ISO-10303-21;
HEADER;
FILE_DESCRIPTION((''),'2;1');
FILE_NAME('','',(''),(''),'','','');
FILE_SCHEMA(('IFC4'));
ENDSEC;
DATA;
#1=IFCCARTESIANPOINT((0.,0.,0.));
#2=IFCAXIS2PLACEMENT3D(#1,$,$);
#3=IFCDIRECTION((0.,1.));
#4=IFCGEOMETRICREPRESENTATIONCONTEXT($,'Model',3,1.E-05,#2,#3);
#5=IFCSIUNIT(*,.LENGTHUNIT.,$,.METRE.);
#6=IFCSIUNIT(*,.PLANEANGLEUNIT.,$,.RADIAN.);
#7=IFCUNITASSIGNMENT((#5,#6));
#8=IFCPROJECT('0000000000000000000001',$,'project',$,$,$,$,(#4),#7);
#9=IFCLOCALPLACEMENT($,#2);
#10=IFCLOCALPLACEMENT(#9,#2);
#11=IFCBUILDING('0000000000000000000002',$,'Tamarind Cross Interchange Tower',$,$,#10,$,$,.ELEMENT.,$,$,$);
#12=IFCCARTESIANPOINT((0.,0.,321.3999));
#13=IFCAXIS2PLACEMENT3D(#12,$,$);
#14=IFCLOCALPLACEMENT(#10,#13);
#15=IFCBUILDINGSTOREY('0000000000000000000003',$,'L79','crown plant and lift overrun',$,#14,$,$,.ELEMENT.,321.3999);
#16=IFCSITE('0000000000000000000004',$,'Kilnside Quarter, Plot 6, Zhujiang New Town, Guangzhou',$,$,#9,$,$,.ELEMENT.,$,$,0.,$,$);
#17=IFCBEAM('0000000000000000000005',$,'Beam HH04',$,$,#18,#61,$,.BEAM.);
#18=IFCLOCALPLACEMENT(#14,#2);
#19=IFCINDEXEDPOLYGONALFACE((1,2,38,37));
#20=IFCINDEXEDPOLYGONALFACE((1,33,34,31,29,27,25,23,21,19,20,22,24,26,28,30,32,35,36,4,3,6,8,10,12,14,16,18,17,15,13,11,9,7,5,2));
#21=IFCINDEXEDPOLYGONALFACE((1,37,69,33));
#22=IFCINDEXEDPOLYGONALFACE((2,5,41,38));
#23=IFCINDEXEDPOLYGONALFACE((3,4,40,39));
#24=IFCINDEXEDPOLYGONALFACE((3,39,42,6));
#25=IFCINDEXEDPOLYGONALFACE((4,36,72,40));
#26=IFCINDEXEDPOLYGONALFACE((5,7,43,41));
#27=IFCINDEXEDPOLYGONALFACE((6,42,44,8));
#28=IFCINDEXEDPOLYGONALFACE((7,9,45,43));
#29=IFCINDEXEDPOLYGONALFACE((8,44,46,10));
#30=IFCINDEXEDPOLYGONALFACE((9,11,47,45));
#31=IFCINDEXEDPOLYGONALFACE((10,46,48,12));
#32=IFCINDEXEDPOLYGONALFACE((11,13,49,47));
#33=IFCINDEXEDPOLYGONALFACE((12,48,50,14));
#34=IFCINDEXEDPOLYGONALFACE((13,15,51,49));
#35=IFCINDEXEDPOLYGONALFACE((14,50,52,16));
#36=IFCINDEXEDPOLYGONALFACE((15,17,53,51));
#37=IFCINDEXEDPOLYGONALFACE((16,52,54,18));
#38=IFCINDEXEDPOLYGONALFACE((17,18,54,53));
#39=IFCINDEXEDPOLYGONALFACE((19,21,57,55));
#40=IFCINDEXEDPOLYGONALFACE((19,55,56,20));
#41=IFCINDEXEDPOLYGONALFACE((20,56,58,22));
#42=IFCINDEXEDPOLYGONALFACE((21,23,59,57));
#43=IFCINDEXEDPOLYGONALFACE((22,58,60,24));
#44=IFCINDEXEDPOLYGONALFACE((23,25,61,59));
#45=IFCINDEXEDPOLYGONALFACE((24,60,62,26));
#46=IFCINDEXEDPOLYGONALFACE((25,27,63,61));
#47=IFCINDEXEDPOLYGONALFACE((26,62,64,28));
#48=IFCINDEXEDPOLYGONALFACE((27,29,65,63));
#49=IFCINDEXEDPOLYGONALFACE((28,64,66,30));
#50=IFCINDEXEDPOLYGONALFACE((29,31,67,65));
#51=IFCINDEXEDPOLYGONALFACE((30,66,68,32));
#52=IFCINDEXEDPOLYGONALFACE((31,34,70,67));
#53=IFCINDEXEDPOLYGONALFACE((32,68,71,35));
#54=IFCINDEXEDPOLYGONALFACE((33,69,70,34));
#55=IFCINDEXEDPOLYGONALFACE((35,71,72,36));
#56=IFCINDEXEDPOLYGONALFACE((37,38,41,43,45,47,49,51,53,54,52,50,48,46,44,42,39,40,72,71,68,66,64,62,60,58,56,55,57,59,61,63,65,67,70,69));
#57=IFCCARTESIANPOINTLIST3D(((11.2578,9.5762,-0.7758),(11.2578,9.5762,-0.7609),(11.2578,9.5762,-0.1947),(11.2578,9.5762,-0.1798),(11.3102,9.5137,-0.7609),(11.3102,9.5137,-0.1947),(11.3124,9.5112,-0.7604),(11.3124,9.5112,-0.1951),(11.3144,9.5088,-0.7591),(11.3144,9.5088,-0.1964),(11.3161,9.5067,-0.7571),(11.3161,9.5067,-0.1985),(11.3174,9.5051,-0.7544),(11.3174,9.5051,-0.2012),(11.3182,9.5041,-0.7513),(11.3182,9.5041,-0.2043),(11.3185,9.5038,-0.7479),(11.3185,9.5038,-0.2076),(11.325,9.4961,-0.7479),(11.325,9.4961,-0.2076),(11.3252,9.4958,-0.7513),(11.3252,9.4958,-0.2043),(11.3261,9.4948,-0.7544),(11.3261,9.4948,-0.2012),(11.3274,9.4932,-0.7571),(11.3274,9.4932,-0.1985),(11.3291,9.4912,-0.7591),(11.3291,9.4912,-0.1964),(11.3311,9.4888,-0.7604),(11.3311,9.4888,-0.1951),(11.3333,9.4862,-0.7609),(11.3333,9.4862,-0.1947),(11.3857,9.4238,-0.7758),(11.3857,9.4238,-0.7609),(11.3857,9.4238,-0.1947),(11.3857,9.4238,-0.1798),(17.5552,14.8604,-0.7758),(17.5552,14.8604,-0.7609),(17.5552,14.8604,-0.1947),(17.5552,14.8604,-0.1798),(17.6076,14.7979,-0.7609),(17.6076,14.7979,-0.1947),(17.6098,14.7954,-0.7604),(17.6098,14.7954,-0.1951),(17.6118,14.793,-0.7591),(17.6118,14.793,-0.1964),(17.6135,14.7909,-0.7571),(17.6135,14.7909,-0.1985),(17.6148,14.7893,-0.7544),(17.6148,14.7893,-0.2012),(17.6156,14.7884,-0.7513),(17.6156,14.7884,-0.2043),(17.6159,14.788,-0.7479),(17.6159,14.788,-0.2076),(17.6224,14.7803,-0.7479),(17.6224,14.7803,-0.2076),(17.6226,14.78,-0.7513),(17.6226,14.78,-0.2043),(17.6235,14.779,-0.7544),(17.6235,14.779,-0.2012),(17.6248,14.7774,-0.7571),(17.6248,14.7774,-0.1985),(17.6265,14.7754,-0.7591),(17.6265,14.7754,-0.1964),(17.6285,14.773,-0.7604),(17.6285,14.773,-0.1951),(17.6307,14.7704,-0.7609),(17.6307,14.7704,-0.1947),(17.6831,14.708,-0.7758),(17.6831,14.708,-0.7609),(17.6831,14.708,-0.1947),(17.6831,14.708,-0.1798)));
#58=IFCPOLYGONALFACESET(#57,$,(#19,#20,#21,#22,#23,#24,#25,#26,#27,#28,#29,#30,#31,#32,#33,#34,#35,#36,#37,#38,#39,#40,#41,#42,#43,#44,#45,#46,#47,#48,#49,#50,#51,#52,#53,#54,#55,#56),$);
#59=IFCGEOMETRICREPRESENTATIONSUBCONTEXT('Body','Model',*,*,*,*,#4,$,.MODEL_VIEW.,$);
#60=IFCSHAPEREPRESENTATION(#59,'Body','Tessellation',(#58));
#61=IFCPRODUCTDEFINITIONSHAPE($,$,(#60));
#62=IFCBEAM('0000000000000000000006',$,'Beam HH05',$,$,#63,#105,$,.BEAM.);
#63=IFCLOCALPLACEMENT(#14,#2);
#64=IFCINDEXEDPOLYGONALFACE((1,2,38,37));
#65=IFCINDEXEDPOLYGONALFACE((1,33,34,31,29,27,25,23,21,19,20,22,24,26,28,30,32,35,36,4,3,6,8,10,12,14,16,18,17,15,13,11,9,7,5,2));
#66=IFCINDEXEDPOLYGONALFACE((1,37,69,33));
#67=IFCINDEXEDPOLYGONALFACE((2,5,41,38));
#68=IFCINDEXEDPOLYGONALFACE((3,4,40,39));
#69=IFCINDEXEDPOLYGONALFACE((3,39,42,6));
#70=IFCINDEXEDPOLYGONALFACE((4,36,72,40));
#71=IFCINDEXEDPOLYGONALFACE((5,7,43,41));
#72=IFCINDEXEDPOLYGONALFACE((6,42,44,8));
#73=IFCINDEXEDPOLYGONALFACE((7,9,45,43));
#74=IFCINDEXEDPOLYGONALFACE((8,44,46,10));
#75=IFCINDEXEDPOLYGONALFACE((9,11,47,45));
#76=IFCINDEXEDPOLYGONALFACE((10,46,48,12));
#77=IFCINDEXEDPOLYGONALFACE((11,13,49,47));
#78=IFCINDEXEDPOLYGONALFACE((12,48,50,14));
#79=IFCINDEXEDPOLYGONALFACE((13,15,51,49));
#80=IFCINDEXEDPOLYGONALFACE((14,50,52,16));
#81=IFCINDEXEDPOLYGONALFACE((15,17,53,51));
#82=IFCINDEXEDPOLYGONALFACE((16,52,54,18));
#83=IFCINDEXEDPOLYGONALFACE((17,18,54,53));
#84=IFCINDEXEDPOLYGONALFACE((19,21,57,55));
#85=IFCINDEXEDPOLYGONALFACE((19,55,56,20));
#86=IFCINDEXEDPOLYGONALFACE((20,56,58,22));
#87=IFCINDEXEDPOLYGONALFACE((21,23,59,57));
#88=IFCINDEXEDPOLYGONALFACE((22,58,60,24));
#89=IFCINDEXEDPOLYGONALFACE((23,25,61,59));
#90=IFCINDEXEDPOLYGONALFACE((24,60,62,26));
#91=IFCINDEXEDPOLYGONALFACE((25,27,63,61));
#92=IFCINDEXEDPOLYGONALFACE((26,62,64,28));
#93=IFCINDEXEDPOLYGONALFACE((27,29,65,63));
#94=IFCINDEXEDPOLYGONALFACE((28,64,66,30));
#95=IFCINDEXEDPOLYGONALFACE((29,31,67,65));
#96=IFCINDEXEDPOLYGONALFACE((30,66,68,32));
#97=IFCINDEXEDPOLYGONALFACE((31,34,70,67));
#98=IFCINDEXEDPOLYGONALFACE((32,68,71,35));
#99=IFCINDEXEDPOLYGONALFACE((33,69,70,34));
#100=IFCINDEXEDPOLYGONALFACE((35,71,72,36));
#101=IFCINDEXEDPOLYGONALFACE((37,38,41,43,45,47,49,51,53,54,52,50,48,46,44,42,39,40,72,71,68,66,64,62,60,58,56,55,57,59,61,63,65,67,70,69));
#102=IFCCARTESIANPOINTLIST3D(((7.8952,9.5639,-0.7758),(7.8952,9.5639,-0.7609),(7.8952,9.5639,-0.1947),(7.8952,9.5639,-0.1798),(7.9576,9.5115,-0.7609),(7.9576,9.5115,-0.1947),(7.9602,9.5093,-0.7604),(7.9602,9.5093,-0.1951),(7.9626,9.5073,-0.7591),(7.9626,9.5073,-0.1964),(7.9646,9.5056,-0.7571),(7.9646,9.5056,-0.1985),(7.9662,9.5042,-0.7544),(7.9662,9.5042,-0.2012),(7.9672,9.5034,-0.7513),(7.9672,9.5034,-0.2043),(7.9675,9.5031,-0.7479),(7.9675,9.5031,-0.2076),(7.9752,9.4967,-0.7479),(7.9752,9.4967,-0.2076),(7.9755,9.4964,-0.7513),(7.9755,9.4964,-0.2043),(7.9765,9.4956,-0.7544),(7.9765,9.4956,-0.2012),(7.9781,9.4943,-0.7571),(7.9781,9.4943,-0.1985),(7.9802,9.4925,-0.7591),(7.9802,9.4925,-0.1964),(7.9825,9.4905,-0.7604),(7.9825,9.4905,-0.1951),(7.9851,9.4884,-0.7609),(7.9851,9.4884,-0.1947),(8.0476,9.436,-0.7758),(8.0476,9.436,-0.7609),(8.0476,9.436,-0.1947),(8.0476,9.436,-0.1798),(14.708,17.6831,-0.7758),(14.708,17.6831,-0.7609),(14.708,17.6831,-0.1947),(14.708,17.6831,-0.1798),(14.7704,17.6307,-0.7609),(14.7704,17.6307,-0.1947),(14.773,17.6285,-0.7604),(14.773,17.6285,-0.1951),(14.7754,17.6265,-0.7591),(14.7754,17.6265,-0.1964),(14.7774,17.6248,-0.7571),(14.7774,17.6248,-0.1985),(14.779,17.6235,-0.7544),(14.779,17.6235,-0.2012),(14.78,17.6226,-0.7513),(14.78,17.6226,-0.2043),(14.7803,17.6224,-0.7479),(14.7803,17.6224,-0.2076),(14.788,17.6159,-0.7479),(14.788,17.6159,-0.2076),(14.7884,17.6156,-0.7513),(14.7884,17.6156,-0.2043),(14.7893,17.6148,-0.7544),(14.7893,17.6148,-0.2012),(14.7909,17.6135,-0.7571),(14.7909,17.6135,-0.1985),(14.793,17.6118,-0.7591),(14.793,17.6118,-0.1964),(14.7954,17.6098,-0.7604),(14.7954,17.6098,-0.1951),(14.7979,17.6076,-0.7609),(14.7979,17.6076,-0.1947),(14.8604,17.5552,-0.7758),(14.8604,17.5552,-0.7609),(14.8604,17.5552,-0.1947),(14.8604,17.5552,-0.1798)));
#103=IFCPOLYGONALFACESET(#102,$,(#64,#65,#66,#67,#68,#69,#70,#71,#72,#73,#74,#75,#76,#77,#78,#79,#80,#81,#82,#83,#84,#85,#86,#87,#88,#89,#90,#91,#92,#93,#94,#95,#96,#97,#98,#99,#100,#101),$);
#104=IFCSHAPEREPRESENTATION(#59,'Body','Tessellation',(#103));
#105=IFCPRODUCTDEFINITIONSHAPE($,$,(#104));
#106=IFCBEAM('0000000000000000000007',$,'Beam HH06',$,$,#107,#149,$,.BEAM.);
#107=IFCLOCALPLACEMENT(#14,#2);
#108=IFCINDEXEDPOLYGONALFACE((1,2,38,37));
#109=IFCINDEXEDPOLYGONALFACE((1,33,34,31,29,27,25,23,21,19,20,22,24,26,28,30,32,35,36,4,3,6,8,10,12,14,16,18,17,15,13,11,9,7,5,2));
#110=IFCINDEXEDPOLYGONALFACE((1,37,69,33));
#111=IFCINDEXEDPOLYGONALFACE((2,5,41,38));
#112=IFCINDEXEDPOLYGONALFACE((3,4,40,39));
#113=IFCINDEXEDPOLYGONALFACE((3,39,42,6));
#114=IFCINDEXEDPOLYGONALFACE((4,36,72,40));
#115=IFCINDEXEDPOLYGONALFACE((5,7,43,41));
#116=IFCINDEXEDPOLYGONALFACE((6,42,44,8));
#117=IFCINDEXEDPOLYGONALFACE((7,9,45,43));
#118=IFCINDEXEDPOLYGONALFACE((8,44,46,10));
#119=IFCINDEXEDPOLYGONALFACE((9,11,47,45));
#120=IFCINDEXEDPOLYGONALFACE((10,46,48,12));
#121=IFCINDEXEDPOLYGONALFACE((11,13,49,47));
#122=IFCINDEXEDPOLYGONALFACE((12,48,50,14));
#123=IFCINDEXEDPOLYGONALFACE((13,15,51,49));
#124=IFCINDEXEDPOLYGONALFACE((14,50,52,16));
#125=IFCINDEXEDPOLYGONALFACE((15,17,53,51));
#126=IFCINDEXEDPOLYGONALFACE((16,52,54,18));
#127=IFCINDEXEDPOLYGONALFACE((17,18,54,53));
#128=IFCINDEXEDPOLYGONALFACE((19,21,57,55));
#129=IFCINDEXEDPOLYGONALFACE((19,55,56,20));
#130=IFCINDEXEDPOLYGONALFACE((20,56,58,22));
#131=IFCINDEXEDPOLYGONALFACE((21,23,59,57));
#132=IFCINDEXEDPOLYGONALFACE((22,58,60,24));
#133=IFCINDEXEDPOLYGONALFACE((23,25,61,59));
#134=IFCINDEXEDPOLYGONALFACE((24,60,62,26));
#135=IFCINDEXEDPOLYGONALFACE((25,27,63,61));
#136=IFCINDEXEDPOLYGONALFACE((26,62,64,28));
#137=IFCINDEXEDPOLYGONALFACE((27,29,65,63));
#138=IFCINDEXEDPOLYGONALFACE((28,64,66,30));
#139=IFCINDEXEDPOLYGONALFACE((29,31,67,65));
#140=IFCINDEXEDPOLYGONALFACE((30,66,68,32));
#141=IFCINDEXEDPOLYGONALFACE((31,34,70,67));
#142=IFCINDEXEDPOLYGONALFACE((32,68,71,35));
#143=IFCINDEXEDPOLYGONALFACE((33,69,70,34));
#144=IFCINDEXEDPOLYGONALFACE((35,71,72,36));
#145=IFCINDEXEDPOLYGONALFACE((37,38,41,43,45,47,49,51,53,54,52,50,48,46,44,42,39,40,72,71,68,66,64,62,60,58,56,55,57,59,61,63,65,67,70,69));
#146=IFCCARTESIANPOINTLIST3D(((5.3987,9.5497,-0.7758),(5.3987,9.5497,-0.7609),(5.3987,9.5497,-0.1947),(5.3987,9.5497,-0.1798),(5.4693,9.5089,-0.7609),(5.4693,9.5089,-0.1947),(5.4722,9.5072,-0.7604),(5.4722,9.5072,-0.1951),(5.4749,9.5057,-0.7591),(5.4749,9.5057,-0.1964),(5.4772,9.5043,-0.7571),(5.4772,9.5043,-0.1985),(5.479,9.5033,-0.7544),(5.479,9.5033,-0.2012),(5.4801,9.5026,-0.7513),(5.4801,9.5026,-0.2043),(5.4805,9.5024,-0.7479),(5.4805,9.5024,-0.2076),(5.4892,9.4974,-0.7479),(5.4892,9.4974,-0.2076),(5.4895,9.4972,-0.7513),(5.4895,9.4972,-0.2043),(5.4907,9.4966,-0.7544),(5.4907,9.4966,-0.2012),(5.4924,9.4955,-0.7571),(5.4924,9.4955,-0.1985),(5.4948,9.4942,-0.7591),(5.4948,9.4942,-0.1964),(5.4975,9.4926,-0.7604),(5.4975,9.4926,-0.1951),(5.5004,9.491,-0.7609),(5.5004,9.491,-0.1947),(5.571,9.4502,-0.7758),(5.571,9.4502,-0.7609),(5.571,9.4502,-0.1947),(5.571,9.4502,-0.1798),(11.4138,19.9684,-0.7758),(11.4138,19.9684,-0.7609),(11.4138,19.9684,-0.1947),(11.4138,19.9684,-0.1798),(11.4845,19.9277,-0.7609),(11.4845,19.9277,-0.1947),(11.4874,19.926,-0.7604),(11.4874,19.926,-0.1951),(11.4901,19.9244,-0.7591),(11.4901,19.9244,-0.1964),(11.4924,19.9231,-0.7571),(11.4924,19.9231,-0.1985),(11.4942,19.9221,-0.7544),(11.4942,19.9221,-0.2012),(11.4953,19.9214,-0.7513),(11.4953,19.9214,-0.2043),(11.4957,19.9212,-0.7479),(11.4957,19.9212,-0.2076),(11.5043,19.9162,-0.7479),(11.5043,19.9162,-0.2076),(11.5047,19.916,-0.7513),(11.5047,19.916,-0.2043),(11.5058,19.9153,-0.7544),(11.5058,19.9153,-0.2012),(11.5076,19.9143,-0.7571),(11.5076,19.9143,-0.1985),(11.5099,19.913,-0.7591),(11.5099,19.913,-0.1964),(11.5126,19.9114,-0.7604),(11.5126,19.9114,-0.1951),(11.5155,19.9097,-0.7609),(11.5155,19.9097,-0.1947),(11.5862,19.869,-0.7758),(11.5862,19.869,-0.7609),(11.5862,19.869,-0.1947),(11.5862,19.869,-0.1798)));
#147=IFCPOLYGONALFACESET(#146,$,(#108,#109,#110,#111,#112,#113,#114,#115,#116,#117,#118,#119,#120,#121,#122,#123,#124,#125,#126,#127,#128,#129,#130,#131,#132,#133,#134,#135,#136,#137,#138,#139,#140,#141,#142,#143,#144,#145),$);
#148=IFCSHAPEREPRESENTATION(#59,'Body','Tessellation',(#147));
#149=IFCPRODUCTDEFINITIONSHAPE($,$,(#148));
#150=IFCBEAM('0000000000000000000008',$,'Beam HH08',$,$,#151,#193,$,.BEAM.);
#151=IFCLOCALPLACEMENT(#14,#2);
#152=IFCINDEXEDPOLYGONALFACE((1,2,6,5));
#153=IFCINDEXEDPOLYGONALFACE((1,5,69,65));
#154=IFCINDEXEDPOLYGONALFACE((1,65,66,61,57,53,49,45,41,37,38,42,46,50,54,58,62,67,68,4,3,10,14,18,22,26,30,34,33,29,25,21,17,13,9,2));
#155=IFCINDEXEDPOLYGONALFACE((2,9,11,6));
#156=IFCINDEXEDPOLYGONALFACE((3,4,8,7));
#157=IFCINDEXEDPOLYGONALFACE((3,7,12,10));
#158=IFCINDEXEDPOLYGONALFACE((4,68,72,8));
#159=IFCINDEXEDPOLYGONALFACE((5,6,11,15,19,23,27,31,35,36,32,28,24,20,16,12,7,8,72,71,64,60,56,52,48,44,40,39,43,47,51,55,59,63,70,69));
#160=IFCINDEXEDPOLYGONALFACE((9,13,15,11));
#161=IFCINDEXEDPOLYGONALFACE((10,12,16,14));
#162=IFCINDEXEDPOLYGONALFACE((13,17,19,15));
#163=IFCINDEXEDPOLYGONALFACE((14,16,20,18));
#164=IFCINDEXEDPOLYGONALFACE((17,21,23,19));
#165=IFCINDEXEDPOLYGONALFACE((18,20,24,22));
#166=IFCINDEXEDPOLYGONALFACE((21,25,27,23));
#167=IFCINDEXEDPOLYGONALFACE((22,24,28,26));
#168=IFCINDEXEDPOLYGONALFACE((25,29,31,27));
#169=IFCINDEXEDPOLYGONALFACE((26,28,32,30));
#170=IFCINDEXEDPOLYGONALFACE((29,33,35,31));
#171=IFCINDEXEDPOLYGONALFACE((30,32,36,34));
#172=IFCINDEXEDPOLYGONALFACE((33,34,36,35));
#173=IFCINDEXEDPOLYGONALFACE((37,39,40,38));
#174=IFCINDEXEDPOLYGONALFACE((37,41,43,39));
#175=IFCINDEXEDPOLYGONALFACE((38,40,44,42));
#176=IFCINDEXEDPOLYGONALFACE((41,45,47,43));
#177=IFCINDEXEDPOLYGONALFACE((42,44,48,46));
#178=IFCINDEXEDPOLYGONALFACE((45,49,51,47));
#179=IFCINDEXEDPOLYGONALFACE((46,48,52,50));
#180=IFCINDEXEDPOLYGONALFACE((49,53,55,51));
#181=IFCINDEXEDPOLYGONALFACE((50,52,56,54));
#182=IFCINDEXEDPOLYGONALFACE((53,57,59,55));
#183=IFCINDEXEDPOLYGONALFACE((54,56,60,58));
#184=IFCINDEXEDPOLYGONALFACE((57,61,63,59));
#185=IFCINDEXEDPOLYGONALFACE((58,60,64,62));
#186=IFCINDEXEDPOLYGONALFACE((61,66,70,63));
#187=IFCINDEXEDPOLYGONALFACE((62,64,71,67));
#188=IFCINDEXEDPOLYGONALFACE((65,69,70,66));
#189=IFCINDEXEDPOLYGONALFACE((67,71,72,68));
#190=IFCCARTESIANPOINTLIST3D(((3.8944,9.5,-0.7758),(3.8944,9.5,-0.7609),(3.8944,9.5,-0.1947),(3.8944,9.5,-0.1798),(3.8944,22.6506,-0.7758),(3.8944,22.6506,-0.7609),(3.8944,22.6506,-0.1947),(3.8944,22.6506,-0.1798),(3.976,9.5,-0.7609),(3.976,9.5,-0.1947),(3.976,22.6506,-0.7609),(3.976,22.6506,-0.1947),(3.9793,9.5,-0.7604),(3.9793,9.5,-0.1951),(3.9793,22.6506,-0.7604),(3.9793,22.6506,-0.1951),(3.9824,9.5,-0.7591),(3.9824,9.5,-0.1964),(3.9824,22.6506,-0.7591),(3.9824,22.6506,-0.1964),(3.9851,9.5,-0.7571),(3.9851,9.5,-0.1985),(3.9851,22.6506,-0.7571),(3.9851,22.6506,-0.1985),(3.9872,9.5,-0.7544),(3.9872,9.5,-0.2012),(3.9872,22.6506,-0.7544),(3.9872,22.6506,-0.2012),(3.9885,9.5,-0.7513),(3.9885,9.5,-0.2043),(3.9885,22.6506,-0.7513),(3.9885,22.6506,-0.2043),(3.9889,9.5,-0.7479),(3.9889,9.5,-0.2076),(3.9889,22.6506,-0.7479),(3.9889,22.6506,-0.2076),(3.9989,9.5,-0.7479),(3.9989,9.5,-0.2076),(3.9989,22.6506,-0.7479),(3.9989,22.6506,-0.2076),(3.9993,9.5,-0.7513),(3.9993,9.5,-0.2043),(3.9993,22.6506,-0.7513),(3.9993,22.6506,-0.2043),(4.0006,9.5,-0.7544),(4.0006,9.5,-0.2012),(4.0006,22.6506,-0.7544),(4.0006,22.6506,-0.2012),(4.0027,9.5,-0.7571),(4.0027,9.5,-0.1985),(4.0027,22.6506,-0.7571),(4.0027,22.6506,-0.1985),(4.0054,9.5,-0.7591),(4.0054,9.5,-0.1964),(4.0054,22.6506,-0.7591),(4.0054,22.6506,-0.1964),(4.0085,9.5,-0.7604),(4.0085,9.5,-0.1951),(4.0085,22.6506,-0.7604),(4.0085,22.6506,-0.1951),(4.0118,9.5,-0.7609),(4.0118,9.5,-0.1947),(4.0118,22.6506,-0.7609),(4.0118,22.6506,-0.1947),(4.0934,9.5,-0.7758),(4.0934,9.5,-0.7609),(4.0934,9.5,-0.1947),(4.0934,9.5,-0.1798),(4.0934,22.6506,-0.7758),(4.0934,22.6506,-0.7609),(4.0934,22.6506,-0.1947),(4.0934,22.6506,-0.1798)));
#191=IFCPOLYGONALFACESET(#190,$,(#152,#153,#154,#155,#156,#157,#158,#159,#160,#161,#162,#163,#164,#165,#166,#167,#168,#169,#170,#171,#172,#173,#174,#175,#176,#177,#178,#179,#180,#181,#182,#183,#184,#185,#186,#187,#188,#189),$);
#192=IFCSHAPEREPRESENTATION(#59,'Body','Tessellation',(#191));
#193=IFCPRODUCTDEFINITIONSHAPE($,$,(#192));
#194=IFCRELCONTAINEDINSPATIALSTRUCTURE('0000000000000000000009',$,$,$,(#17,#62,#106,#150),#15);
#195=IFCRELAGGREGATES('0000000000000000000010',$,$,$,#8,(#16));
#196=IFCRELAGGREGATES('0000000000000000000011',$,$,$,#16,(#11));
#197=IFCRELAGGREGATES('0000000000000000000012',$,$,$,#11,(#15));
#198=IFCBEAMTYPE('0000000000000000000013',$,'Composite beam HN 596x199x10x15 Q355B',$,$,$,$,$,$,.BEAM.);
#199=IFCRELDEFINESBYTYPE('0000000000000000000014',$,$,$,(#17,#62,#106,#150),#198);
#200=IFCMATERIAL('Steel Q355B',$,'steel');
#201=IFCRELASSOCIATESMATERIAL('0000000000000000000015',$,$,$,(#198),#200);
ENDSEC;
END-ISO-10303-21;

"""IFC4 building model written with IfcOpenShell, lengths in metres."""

from ifc_helpers import new_model, si_unit, direction, frame, origin, origin_2d, place, context, subcontext, project, spatial, i_section, extrude, material, material_profile, profile_set, type_object, element, save


model = new_model("IFC4")

# Units and contexts
model_context = context("Model", 3, precision=1e-05, world=origin(), true_north=direction((0.0, 1.0)))
body_context = subcontext(model_context, "Body", "Model", "MODEL_VIEW")
ifc_project = project(units=[si_unit("LENGTHUNIT", "METRE"), si_unit("PLANEANGLEUNIT", "RADIAN")], contexts=[model_context])

# Site, building, storey
site_placement = place(None, origin())
site = spatial("IfcSite", under=ifc_project, at=site_placement, Name="Kilnside Quarter, Plot 6, Zhujiang New Town, Guangzhou", CompositionType="ELEMENT", RefElevation=0.0)
building_placement = place(site_placement, origin())
building = spatial("IfcBuilding", under=site, at=building_placement, Name="Tamarind Cross Interchange Tower", CompositionType="ELEMENT")
storey_placement = place(building_placement, frame((0.0, 0.0, 321.3999)))
storey = spatial("IfcBuildingStorey", under=building, at=storey_placement, Name="L79", Description="crown plant and lift overrun", CompositionType="ELEMENT", Elevation=321.3999)

# Beams
ifc_material_1 = material(Name="Steel Q355B", Category="steel")
ifc_material_profile_1 = material_profile(ifc_material_1, i_section(OverallWidth=0.199, OverallDepth=0.5959, WebThickness=0.01, FlangeThickness=0.0149, FilletRadius=0.0129, at=origin_2d()), Name="HN 596x199x10x15")
ifc_profile_set_1 = profile_set([ifc_material_profile_1], Name="Steel Q355B")
beam_type = type_object("IfcBeamType", Name="Composite beam HN 596x199x10x15 Q355B", PredefinedType="BEAM", material=ifc_profile_set_1)
beam_1_placement = place(storey_placement, frame((17.6191, 14.7842, -0.4778), z_axis=(-0.766041, -0.642792, 0.0), x_axis=(0.642792, -0.766041, 0.0)))
element("IfcBeam", 1, at=beam_1_placement, inside=storey, type_object=beam_type, Name="Beam HH04", PredefinedType="BEAM", context=body_context, shape_type="SweptSolid", body=[
    extrude(i_section(OverallWidth=0.199, OverallDepth=0.5959, WebThickness=0.01, FlangeThickness=0.0149, FilletRadius=0.0129, at=origin_2d()), origin(), (0.0, 0.0, 1.0), 8.2207),
])
beam_2_placement = place(storey_placement, frame((14.7842, 17.6191, -0.4778), z_axis=(-0.642786, -0.766046, 0.0), x_axis=(0.766046, -0.642786, 0.0)))
element("IfcBeam", 2, at=beam_2_placement, inside=storey, type_object=beam_type, Name="Beam HH05", PredefinedType="BEAM", context=body_context, shape_type="SweptSolid", body=[
    extrude(i_section(OverallWidth=0.199, OverallDepth=0.5959, WebThickness=0.01, FlangeThickness=0.0149, FilletRadius=0.0129, at=origin_2d()), origin(), (0.0, 0.0, 1.0), 10.5989),
])
beam_3_placement = place(storey_placement, frame((11.5, 19.9187, -0.4778), z_axis=(-0.499994, -0.866029, 0.0), x_axis=(0.866029, -0.499994, 0.0)))
element("IfcBeam", 3, at=beam_3_placement, inside=storey, type_object=beam_type, Name="Beam HH06", PredefinedType="BEAM", context=body_context, shape_type="SweptSolid", body=[
    extrude(i_section(OverallWidth=0.199, OverallDepth=0.5959, WebThickness=0.01, FlangeThickness=0.0149, FilletRadius=0.0129, at=origin_2d()), origin(), (0.0, 0.0, 1.0), 12.0305),
])
beam_4_placement = place(storey_placement, frame((3.9939, 22.6506, -0.4778), z_axis=(0.0, -1.0, 0.0), x_axis=(1.0, 0.0, 0.0)))
element("IfcBeam", 4, at=beam_4_placement, inside=storey, type_object=beam_type, Name="Beam HH08", PredefinedType="BEAM", context=body_context, shape_type="SweptSolid", body=[
    extrude(i_section(OverallWidth=0.199, OverallDepth=0.5959, WebThickness=0.01, FlangeThickness=0.0149, FilletRadius=0.0129, at=origin_2d()), origin(), (0.0, 0.0, 1.0), 13.1506),
])

save(model, "model.ifc")
